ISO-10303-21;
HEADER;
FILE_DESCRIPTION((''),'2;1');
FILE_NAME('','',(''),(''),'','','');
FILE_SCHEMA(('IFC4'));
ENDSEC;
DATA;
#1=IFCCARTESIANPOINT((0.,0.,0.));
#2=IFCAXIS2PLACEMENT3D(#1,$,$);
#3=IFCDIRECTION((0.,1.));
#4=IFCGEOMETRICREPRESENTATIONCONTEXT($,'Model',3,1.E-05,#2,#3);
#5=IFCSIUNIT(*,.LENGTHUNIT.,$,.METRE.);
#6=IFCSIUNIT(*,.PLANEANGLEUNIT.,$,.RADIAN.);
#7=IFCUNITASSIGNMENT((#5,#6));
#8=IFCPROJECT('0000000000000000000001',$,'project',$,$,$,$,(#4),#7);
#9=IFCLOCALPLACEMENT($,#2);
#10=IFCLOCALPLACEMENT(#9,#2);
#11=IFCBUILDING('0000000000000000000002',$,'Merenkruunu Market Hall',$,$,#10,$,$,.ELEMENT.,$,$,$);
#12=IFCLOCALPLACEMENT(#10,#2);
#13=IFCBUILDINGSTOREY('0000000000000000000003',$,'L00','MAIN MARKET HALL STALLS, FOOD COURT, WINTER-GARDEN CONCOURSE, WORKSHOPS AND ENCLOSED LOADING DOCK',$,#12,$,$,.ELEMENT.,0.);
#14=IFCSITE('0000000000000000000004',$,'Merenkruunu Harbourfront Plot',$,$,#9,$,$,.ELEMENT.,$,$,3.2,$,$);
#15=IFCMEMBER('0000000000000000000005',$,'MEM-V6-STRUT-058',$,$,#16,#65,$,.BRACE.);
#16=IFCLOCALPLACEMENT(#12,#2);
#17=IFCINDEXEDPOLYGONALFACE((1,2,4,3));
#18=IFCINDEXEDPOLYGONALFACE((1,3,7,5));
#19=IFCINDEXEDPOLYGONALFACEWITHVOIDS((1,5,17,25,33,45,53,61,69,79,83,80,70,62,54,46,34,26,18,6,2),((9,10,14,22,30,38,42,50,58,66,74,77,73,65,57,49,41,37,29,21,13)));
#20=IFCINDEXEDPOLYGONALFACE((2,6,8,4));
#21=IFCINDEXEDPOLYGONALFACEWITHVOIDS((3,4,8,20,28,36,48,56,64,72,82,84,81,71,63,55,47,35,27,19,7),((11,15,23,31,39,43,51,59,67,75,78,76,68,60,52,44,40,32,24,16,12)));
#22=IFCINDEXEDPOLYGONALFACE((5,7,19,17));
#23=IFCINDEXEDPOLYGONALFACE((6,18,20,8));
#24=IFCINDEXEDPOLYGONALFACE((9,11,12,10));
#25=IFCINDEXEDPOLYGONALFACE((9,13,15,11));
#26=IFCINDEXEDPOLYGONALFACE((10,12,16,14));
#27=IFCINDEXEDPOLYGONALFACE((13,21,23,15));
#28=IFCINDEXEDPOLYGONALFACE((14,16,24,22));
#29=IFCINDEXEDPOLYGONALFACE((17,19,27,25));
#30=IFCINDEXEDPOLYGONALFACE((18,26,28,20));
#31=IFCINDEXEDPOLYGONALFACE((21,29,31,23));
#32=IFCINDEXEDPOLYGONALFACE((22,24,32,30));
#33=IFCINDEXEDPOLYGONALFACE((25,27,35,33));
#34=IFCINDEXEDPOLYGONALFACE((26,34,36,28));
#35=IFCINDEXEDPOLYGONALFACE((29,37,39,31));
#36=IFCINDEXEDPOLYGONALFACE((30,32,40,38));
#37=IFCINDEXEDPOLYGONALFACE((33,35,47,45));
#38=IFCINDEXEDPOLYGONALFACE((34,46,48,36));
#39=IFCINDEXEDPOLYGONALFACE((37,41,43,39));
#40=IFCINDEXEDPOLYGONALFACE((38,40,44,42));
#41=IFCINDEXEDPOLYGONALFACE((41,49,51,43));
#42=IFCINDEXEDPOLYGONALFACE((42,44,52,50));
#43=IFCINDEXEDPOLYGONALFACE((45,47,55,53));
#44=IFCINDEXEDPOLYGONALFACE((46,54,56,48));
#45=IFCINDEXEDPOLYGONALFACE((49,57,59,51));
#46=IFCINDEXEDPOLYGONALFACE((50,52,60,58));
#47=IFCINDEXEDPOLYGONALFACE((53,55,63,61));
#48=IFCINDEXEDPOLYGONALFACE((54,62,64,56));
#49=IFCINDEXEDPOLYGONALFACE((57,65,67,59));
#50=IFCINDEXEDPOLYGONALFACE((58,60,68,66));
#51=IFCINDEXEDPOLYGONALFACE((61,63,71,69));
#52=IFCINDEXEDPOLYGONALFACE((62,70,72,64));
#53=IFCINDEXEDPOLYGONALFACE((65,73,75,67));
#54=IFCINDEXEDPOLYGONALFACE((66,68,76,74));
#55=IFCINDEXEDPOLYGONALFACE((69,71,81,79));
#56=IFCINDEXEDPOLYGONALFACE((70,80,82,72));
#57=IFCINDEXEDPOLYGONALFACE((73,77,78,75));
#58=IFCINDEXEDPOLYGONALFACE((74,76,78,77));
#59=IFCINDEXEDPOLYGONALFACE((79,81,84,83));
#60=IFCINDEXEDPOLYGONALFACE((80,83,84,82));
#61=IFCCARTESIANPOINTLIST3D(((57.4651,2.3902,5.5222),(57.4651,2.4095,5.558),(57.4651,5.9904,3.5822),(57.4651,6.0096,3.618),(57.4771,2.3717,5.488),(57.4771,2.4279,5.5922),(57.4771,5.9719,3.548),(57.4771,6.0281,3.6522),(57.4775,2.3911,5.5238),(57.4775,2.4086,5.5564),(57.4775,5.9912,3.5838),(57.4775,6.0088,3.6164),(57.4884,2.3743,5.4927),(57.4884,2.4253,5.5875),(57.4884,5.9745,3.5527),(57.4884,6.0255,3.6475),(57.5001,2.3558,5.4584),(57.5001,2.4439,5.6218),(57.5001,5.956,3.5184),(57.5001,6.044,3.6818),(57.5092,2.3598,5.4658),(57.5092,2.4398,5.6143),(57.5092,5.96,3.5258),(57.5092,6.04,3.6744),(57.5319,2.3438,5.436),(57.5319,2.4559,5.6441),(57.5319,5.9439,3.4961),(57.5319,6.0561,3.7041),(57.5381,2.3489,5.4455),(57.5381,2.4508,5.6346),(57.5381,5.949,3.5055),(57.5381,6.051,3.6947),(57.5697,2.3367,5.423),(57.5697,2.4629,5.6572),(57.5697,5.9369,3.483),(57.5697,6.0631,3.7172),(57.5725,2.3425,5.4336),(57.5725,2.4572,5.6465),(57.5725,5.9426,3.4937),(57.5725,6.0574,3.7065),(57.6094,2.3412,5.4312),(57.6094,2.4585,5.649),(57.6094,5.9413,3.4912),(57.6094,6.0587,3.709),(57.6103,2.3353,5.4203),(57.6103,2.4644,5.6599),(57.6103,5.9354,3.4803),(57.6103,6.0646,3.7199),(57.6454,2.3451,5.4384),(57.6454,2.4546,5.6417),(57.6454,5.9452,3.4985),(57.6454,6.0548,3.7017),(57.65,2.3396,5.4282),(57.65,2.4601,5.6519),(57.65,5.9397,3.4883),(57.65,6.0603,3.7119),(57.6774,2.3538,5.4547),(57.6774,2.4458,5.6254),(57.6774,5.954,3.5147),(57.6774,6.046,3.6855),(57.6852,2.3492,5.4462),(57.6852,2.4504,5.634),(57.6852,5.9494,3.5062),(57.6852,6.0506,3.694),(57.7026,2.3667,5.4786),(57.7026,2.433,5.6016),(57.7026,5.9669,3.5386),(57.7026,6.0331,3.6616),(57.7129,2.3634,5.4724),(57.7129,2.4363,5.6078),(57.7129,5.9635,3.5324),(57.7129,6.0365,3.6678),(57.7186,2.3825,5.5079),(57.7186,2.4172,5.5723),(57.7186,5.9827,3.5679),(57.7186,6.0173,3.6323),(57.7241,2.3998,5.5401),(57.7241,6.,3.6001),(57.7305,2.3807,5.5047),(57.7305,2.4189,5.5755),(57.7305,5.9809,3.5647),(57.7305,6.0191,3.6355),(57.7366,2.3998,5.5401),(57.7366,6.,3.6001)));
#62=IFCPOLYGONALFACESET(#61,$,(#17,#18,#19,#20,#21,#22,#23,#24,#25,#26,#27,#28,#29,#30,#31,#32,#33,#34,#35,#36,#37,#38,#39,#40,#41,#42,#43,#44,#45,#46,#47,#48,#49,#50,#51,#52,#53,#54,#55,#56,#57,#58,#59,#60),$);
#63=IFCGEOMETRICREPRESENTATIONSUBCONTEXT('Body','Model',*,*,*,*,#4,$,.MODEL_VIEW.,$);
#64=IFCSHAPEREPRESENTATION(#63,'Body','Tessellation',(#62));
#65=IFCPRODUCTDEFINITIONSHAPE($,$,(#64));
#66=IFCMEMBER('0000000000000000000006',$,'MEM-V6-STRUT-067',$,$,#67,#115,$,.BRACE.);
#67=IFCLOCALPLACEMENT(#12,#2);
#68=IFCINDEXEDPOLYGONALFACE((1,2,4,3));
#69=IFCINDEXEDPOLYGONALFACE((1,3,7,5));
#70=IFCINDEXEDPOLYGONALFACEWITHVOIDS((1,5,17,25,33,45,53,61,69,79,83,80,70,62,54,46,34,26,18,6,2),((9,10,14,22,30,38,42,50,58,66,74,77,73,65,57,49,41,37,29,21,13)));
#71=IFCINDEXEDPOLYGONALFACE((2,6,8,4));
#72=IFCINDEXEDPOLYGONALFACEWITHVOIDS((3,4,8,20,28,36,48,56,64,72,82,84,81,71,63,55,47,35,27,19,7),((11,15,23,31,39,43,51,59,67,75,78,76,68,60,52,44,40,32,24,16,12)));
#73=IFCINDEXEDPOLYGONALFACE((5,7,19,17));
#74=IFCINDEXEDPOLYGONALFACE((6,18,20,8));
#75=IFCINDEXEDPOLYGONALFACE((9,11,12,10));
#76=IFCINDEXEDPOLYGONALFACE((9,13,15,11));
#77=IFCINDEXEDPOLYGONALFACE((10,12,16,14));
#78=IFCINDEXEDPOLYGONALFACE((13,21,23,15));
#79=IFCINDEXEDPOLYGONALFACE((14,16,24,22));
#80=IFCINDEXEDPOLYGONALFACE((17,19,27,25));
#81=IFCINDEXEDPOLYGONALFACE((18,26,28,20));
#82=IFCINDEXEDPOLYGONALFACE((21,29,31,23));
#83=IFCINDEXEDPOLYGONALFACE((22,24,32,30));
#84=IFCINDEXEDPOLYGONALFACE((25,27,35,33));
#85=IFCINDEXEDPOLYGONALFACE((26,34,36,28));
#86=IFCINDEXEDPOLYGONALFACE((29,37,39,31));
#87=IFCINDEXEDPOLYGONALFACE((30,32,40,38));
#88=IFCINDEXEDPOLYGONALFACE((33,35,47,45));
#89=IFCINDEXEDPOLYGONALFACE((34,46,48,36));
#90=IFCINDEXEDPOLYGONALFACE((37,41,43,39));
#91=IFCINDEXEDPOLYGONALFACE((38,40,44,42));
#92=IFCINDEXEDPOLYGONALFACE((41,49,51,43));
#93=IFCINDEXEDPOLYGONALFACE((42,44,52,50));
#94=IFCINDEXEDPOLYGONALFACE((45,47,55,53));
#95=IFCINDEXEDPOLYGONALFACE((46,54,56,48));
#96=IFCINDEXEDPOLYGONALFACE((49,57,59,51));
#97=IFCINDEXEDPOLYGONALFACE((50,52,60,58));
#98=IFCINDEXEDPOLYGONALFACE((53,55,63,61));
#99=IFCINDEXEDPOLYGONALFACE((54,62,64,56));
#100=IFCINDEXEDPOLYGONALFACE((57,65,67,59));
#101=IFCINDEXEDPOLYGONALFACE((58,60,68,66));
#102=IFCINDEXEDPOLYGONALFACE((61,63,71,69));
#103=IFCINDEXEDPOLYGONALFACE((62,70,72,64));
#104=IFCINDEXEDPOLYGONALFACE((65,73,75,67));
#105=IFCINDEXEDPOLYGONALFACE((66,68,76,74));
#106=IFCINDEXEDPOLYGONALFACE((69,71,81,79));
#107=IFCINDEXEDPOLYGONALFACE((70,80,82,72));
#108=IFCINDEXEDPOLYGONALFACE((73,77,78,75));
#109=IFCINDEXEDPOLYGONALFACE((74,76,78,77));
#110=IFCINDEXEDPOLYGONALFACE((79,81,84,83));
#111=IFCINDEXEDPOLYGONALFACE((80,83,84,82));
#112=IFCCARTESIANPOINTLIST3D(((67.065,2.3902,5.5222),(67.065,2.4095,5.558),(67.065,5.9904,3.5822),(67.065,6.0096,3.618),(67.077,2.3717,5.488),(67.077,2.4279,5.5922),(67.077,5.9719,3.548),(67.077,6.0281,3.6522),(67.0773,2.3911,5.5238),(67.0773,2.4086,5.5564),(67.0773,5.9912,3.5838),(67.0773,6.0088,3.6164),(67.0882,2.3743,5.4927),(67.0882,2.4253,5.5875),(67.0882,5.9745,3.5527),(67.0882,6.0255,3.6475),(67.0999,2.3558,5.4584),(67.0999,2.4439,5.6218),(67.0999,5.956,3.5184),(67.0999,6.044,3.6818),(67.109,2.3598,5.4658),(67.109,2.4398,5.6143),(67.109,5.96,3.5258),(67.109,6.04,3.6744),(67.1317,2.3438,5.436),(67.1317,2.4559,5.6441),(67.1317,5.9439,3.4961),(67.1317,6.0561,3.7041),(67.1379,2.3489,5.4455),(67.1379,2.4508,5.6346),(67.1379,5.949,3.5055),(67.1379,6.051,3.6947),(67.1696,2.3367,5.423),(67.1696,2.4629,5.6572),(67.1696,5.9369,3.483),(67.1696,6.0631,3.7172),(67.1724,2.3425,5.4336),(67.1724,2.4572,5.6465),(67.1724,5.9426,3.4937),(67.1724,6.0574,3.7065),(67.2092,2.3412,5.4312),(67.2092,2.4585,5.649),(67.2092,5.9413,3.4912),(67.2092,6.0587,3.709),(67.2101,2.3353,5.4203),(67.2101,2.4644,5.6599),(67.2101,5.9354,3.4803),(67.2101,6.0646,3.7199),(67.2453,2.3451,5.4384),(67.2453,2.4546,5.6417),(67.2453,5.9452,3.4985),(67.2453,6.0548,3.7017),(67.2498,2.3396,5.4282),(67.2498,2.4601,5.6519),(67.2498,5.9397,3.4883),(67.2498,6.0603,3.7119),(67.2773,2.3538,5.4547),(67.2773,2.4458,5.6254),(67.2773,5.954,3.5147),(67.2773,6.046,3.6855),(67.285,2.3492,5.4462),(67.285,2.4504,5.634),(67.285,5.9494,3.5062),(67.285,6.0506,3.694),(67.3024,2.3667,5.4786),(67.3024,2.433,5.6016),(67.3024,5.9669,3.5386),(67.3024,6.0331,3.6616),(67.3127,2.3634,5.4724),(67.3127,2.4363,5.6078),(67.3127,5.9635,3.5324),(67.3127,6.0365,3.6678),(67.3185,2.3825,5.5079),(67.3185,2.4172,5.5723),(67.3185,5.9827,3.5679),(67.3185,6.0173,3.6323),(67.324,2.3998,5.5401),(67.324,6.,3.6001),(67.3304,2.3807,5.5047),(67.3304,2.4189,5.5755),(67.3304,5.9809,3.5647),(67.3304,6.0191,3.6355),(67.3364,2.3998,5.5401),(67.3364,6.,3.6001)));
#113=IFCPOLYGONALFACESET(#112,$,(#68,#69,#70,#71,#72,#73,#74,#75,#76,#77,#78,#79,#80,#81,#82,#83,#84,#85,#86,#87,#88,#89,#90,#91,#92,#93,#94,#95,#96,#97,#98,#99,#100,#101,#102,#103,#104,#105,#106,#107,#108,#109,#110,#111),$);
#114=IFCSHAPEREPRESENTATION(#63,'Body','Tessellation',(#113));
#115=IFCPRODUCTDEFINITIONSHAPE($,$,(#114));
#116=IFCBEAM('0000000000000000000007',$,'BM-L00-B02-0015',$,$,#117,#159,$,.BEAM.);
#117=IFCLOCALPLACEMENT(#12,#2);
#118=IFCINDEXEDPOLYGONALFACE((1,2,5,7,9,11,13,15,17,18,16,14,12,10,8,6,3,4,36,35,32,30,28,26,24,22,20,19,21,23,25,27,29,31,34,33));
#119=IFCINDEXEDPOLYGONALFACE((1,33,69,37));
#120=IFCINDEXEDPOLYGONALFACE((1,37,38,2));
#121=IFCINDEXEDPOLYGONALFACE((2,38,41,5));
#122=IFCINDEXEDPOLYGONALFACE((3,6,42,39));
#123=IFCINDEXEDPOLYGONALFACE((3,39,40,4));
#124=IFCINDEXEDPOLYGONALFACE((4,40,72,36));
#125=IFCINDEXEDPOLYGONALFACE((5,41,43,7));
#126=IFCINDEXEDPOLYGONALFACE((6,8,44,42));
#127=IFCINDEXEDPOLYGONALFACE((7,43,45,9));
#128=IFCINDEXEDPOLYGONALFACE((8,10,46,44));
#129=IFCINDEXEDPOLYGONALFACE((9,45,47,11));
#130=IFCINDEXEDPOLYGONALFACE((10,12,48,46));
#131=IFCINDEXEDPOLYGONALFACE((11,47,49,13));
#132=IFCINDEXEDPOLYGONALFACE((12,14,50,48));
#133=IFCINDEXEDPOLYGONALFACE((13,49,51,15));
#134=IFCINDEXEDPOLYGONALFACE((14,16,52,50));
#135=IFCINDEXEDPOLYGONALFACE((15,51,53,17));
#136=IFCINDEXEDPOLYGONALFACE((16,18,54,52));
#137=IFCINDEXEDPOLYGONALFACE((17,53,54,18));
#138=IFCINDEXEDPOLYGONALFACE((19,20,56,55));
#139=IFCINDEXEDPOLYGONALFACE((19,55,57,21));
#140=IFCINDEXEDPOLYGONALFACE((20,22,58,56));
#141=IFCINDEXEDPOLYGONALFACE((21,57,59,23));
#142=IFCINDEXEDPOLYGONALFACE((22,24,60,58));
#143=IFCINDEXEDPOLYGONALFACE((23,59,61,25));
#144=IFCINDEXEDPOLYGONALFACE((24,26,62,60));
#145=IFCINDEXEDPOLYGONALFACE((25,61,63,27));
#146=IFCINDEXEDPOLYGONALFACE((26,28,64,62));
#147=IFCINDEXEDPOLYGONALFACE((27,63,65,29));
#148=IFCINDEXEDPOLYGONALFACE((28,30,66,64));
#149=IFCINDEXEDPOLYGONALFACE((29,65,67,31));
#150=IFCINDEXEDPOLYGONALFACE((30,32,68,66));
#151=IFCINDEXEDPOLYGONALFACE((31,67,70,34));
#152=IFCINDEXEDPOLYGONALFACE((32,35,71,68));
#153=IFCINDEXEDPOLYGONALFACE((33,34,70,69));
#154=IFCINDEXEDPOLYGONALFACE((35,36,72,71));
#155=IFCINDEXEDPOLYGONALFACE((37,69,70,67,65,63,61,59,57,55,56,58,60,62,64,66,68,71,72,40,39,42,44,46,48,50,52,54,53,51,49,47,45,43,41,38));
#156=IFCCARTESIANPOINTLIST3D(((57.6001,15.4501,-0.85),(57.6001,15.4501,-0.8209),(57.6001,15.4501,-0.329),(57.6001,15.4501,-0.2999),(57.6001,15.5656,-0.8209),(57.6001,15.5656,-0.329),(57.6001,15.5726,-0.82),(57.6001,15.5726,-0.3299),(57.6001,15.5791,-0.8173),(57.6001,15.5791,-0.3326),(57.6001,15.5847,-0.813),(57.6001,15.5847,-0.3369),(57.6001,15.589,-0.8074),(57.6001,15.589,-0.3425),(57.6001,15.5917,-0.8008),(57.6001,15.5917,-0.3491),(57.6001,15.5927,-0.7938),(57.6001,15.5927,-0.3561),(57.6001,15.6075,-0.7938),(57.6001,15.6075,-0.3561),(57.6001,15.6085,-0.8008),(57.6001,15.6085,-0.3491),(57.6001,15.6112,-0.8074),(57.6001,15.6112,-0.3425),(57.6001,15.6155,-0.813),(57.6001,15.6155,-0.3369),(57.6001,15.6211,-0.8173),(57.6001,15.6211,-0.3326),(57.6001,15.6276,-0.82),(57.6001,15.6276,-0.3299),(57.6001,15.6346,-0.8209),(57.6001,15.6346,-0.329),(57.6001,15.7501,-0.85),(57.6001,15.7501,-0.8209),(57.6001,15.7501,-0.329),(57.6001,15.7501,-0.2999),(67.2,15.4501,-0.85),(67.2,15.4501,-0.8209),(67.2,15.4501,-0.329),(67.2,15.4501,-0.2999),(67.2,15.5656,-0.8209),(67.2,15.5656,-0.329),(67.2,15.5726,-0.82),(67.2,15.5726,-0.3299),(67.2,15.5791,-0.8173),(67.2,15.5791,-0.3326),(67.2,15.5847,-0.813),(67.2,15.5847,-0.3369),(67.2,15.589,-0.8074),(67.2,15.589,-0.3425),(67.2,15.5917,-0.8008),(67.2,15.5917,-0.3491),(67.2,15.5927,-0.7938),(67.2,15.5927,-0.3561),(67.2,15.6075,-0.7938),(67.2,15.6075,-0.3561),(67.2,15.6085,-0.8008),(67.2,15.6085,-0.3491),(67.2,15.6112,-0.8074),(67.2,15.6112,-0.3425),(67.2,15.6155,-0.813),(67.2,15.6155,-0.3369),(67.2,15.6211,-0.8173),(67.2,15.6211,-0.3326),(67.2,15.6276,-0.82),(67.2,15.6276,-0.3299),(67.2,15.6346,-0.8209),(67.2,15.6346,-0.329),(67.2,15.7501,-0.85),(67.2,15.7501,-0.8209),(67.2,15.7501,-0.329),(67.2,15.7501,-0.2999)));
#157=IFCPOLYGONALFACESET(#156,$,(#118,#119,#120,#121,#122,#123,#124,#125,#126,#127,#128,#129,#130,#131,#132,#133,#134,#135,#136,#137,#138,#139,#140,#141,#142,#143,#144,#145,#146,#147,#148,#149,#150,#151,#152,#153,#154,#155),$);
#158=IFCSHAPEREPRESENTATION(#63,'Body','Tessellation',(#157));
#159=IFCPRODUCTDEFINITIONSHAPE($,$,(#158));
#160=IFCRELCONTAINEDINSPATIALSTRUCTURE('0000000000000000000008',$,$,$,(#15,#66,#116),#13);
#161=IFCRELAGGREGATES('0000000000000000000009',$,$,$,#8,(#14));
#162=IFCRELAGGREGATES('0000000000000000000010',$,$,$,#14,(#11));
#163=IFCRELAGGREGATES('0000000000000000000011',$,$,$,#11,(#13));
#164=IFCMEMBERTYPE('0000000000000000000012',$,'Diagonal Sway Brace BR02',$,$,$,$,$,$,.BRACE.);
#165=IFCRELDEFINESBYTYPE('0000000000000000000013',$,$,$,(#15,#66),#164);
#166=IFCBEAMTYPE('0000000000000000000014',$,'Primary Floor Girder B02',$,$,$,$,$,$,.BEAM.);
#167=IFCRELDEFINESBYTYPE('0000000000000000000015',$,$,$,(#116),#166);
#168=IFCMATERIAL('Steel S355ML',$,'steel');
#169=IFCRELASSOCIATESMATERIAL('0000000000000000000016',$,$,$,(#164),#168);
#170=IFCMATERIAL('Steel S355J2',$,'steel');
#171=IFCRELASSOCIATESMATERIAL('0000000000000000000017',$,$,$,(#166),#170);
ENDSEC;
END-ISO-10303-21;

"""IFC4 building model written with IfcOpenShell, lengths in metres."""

from ifc_helpers import new_model, si_unit, direction, frame, origin, origin_2d, place, context, subcontext, project, spatial, hollow_circle, i_section, extrude, material, material_profile, profile_set, type_object, element, save


model = new_model("IFC4")

# Units and contexts
model_context = context("Model", 3, precision=1e-05, world=origin(), true_north=direction((0.0, 1.0)))
body_context = subcontext(model_context, "Body", "Model", "MODEL_VIEW")
ifc_project = project(units=[si_unit("LENGTHUNIT", "METRE"), si_unit("PLANEANGLEUNIT", "RADIAN")], contexts=[model_context])

# Site, building, storey
site_placement = place(None, origin())
site = spatial("IfcSite", under=ifc_project, at=site_placement, Name="Merenkruunu Harbourfront Plot", CompositionType="ELEMENT", RefElevation=3.2)
building_placement = place(site_placement, origin())
building = spatial("IfcBuilding", under=site, at=building_placement, Name="Merenkruunu Market Hall", CompositionType="ELEMENT")
storey_placement = place(building_placement, origin())
storey = spatial("IfcBuildingStorey", under=building, at=storey_placement, Name="L00", Description="MAIN MARKET HALL STALLS, FOOD COURT, WINTER-GARDEN CONCOURSE, WORKSHOPS AND ENCLOSED LOADING DOCK", CompositionType="ELEMENT", Elevation=0.0)

# Shared definitions
ifc_material_1 = material(Name="Steel S355ML", Category="steel")

# Members
ifc_material_profile_1 = material_profile(ifc_material_1, hollow_circle(Radius=0.1365, WallThickness=0.0125, at=origin_2d()), Name="CHS 273x12.5")
ifc_profile_set_1 = profile_set([ifc_material_profile_1], Name="Steel S355ML")
member_type_1 = type_object("IfcMemberType", Name="Diagonal Sway Brace BR02", PredefinedType="BRACE", material=ifc_profile_set_1)
for number, where, z_axis, x_axis, name in (
    (1, (57.6001, 6.0, 3.6001), (0.0, -0.880325, 0.47437), (1.0, 0.0, 0.0), "MEM-V6-STRUT-058"),
    (2, (67.2, 6.0, 3.6001), (0.0, -0.880325, 0.47437), (1.0, 0.0, 0.0), "MEM-V6-STRUT-067"),
):
    element("IfcMember", number, at=place(storey_placement, frame(where, z_axis=z_axis, x_axis=x_axis)), inside=storey, type_object=member_type_1, Name=name, PredefinedType="BRACE", context=body_context, shape_type="SweptSolid", body=[
        extrude(hollow_circle(Radius=0.1365, WallThickness=0.0125, at=origin_2d()), origin(), (0.0, 0.0, 1.0), 4.0896),
    ])

# Beam
ifc_material_2 = material(Name="Steel S355J2", Category="steel")
ifc_material_profile_2 = material_profile(ifc_material_2, i_section(OverallWidth=0.3, OverallDepth=0.55, WebThickness=0.0149, FlangeThickness=0.0291, FilletRadius=0.0271, at=origin_2d()), Name="HEB 550")
ifc_profile_set_2 = profile_set([ifc_material_profile_2], Name="Steel S355J2")
beam_type_1 = type_object("IfcBeamType", Name="Primary Floor Girder B02", PredefinedType="BEAM", material=ifc_profile_set_2)
beam_1_placement = place(storey_placement, frame((57.6001, 15.6001, -0.575), z_axis=(1.0, 0.0, 0.0), x_axis=(0.0, 1.0, 0.0)))
element("IfcBeam", 3, at=beam_1_placement, inside=storey, type_object=beam_type_1, Name="BM-L00-B02-0015", PredefinedType="BEAM", context=body_context, shape_type="SweptSolid", body=[
    extrude(i_section(OverallWidth=0.3, OverallDepth=0.55, WebThickness=0.0149, FlangeThickness=0.0291, FilletRadius=0.0271, at=origin_2d()), origin(), (0.0, 0.0, 1.0), 9.5999),
])

save(model, "model.ifc")
